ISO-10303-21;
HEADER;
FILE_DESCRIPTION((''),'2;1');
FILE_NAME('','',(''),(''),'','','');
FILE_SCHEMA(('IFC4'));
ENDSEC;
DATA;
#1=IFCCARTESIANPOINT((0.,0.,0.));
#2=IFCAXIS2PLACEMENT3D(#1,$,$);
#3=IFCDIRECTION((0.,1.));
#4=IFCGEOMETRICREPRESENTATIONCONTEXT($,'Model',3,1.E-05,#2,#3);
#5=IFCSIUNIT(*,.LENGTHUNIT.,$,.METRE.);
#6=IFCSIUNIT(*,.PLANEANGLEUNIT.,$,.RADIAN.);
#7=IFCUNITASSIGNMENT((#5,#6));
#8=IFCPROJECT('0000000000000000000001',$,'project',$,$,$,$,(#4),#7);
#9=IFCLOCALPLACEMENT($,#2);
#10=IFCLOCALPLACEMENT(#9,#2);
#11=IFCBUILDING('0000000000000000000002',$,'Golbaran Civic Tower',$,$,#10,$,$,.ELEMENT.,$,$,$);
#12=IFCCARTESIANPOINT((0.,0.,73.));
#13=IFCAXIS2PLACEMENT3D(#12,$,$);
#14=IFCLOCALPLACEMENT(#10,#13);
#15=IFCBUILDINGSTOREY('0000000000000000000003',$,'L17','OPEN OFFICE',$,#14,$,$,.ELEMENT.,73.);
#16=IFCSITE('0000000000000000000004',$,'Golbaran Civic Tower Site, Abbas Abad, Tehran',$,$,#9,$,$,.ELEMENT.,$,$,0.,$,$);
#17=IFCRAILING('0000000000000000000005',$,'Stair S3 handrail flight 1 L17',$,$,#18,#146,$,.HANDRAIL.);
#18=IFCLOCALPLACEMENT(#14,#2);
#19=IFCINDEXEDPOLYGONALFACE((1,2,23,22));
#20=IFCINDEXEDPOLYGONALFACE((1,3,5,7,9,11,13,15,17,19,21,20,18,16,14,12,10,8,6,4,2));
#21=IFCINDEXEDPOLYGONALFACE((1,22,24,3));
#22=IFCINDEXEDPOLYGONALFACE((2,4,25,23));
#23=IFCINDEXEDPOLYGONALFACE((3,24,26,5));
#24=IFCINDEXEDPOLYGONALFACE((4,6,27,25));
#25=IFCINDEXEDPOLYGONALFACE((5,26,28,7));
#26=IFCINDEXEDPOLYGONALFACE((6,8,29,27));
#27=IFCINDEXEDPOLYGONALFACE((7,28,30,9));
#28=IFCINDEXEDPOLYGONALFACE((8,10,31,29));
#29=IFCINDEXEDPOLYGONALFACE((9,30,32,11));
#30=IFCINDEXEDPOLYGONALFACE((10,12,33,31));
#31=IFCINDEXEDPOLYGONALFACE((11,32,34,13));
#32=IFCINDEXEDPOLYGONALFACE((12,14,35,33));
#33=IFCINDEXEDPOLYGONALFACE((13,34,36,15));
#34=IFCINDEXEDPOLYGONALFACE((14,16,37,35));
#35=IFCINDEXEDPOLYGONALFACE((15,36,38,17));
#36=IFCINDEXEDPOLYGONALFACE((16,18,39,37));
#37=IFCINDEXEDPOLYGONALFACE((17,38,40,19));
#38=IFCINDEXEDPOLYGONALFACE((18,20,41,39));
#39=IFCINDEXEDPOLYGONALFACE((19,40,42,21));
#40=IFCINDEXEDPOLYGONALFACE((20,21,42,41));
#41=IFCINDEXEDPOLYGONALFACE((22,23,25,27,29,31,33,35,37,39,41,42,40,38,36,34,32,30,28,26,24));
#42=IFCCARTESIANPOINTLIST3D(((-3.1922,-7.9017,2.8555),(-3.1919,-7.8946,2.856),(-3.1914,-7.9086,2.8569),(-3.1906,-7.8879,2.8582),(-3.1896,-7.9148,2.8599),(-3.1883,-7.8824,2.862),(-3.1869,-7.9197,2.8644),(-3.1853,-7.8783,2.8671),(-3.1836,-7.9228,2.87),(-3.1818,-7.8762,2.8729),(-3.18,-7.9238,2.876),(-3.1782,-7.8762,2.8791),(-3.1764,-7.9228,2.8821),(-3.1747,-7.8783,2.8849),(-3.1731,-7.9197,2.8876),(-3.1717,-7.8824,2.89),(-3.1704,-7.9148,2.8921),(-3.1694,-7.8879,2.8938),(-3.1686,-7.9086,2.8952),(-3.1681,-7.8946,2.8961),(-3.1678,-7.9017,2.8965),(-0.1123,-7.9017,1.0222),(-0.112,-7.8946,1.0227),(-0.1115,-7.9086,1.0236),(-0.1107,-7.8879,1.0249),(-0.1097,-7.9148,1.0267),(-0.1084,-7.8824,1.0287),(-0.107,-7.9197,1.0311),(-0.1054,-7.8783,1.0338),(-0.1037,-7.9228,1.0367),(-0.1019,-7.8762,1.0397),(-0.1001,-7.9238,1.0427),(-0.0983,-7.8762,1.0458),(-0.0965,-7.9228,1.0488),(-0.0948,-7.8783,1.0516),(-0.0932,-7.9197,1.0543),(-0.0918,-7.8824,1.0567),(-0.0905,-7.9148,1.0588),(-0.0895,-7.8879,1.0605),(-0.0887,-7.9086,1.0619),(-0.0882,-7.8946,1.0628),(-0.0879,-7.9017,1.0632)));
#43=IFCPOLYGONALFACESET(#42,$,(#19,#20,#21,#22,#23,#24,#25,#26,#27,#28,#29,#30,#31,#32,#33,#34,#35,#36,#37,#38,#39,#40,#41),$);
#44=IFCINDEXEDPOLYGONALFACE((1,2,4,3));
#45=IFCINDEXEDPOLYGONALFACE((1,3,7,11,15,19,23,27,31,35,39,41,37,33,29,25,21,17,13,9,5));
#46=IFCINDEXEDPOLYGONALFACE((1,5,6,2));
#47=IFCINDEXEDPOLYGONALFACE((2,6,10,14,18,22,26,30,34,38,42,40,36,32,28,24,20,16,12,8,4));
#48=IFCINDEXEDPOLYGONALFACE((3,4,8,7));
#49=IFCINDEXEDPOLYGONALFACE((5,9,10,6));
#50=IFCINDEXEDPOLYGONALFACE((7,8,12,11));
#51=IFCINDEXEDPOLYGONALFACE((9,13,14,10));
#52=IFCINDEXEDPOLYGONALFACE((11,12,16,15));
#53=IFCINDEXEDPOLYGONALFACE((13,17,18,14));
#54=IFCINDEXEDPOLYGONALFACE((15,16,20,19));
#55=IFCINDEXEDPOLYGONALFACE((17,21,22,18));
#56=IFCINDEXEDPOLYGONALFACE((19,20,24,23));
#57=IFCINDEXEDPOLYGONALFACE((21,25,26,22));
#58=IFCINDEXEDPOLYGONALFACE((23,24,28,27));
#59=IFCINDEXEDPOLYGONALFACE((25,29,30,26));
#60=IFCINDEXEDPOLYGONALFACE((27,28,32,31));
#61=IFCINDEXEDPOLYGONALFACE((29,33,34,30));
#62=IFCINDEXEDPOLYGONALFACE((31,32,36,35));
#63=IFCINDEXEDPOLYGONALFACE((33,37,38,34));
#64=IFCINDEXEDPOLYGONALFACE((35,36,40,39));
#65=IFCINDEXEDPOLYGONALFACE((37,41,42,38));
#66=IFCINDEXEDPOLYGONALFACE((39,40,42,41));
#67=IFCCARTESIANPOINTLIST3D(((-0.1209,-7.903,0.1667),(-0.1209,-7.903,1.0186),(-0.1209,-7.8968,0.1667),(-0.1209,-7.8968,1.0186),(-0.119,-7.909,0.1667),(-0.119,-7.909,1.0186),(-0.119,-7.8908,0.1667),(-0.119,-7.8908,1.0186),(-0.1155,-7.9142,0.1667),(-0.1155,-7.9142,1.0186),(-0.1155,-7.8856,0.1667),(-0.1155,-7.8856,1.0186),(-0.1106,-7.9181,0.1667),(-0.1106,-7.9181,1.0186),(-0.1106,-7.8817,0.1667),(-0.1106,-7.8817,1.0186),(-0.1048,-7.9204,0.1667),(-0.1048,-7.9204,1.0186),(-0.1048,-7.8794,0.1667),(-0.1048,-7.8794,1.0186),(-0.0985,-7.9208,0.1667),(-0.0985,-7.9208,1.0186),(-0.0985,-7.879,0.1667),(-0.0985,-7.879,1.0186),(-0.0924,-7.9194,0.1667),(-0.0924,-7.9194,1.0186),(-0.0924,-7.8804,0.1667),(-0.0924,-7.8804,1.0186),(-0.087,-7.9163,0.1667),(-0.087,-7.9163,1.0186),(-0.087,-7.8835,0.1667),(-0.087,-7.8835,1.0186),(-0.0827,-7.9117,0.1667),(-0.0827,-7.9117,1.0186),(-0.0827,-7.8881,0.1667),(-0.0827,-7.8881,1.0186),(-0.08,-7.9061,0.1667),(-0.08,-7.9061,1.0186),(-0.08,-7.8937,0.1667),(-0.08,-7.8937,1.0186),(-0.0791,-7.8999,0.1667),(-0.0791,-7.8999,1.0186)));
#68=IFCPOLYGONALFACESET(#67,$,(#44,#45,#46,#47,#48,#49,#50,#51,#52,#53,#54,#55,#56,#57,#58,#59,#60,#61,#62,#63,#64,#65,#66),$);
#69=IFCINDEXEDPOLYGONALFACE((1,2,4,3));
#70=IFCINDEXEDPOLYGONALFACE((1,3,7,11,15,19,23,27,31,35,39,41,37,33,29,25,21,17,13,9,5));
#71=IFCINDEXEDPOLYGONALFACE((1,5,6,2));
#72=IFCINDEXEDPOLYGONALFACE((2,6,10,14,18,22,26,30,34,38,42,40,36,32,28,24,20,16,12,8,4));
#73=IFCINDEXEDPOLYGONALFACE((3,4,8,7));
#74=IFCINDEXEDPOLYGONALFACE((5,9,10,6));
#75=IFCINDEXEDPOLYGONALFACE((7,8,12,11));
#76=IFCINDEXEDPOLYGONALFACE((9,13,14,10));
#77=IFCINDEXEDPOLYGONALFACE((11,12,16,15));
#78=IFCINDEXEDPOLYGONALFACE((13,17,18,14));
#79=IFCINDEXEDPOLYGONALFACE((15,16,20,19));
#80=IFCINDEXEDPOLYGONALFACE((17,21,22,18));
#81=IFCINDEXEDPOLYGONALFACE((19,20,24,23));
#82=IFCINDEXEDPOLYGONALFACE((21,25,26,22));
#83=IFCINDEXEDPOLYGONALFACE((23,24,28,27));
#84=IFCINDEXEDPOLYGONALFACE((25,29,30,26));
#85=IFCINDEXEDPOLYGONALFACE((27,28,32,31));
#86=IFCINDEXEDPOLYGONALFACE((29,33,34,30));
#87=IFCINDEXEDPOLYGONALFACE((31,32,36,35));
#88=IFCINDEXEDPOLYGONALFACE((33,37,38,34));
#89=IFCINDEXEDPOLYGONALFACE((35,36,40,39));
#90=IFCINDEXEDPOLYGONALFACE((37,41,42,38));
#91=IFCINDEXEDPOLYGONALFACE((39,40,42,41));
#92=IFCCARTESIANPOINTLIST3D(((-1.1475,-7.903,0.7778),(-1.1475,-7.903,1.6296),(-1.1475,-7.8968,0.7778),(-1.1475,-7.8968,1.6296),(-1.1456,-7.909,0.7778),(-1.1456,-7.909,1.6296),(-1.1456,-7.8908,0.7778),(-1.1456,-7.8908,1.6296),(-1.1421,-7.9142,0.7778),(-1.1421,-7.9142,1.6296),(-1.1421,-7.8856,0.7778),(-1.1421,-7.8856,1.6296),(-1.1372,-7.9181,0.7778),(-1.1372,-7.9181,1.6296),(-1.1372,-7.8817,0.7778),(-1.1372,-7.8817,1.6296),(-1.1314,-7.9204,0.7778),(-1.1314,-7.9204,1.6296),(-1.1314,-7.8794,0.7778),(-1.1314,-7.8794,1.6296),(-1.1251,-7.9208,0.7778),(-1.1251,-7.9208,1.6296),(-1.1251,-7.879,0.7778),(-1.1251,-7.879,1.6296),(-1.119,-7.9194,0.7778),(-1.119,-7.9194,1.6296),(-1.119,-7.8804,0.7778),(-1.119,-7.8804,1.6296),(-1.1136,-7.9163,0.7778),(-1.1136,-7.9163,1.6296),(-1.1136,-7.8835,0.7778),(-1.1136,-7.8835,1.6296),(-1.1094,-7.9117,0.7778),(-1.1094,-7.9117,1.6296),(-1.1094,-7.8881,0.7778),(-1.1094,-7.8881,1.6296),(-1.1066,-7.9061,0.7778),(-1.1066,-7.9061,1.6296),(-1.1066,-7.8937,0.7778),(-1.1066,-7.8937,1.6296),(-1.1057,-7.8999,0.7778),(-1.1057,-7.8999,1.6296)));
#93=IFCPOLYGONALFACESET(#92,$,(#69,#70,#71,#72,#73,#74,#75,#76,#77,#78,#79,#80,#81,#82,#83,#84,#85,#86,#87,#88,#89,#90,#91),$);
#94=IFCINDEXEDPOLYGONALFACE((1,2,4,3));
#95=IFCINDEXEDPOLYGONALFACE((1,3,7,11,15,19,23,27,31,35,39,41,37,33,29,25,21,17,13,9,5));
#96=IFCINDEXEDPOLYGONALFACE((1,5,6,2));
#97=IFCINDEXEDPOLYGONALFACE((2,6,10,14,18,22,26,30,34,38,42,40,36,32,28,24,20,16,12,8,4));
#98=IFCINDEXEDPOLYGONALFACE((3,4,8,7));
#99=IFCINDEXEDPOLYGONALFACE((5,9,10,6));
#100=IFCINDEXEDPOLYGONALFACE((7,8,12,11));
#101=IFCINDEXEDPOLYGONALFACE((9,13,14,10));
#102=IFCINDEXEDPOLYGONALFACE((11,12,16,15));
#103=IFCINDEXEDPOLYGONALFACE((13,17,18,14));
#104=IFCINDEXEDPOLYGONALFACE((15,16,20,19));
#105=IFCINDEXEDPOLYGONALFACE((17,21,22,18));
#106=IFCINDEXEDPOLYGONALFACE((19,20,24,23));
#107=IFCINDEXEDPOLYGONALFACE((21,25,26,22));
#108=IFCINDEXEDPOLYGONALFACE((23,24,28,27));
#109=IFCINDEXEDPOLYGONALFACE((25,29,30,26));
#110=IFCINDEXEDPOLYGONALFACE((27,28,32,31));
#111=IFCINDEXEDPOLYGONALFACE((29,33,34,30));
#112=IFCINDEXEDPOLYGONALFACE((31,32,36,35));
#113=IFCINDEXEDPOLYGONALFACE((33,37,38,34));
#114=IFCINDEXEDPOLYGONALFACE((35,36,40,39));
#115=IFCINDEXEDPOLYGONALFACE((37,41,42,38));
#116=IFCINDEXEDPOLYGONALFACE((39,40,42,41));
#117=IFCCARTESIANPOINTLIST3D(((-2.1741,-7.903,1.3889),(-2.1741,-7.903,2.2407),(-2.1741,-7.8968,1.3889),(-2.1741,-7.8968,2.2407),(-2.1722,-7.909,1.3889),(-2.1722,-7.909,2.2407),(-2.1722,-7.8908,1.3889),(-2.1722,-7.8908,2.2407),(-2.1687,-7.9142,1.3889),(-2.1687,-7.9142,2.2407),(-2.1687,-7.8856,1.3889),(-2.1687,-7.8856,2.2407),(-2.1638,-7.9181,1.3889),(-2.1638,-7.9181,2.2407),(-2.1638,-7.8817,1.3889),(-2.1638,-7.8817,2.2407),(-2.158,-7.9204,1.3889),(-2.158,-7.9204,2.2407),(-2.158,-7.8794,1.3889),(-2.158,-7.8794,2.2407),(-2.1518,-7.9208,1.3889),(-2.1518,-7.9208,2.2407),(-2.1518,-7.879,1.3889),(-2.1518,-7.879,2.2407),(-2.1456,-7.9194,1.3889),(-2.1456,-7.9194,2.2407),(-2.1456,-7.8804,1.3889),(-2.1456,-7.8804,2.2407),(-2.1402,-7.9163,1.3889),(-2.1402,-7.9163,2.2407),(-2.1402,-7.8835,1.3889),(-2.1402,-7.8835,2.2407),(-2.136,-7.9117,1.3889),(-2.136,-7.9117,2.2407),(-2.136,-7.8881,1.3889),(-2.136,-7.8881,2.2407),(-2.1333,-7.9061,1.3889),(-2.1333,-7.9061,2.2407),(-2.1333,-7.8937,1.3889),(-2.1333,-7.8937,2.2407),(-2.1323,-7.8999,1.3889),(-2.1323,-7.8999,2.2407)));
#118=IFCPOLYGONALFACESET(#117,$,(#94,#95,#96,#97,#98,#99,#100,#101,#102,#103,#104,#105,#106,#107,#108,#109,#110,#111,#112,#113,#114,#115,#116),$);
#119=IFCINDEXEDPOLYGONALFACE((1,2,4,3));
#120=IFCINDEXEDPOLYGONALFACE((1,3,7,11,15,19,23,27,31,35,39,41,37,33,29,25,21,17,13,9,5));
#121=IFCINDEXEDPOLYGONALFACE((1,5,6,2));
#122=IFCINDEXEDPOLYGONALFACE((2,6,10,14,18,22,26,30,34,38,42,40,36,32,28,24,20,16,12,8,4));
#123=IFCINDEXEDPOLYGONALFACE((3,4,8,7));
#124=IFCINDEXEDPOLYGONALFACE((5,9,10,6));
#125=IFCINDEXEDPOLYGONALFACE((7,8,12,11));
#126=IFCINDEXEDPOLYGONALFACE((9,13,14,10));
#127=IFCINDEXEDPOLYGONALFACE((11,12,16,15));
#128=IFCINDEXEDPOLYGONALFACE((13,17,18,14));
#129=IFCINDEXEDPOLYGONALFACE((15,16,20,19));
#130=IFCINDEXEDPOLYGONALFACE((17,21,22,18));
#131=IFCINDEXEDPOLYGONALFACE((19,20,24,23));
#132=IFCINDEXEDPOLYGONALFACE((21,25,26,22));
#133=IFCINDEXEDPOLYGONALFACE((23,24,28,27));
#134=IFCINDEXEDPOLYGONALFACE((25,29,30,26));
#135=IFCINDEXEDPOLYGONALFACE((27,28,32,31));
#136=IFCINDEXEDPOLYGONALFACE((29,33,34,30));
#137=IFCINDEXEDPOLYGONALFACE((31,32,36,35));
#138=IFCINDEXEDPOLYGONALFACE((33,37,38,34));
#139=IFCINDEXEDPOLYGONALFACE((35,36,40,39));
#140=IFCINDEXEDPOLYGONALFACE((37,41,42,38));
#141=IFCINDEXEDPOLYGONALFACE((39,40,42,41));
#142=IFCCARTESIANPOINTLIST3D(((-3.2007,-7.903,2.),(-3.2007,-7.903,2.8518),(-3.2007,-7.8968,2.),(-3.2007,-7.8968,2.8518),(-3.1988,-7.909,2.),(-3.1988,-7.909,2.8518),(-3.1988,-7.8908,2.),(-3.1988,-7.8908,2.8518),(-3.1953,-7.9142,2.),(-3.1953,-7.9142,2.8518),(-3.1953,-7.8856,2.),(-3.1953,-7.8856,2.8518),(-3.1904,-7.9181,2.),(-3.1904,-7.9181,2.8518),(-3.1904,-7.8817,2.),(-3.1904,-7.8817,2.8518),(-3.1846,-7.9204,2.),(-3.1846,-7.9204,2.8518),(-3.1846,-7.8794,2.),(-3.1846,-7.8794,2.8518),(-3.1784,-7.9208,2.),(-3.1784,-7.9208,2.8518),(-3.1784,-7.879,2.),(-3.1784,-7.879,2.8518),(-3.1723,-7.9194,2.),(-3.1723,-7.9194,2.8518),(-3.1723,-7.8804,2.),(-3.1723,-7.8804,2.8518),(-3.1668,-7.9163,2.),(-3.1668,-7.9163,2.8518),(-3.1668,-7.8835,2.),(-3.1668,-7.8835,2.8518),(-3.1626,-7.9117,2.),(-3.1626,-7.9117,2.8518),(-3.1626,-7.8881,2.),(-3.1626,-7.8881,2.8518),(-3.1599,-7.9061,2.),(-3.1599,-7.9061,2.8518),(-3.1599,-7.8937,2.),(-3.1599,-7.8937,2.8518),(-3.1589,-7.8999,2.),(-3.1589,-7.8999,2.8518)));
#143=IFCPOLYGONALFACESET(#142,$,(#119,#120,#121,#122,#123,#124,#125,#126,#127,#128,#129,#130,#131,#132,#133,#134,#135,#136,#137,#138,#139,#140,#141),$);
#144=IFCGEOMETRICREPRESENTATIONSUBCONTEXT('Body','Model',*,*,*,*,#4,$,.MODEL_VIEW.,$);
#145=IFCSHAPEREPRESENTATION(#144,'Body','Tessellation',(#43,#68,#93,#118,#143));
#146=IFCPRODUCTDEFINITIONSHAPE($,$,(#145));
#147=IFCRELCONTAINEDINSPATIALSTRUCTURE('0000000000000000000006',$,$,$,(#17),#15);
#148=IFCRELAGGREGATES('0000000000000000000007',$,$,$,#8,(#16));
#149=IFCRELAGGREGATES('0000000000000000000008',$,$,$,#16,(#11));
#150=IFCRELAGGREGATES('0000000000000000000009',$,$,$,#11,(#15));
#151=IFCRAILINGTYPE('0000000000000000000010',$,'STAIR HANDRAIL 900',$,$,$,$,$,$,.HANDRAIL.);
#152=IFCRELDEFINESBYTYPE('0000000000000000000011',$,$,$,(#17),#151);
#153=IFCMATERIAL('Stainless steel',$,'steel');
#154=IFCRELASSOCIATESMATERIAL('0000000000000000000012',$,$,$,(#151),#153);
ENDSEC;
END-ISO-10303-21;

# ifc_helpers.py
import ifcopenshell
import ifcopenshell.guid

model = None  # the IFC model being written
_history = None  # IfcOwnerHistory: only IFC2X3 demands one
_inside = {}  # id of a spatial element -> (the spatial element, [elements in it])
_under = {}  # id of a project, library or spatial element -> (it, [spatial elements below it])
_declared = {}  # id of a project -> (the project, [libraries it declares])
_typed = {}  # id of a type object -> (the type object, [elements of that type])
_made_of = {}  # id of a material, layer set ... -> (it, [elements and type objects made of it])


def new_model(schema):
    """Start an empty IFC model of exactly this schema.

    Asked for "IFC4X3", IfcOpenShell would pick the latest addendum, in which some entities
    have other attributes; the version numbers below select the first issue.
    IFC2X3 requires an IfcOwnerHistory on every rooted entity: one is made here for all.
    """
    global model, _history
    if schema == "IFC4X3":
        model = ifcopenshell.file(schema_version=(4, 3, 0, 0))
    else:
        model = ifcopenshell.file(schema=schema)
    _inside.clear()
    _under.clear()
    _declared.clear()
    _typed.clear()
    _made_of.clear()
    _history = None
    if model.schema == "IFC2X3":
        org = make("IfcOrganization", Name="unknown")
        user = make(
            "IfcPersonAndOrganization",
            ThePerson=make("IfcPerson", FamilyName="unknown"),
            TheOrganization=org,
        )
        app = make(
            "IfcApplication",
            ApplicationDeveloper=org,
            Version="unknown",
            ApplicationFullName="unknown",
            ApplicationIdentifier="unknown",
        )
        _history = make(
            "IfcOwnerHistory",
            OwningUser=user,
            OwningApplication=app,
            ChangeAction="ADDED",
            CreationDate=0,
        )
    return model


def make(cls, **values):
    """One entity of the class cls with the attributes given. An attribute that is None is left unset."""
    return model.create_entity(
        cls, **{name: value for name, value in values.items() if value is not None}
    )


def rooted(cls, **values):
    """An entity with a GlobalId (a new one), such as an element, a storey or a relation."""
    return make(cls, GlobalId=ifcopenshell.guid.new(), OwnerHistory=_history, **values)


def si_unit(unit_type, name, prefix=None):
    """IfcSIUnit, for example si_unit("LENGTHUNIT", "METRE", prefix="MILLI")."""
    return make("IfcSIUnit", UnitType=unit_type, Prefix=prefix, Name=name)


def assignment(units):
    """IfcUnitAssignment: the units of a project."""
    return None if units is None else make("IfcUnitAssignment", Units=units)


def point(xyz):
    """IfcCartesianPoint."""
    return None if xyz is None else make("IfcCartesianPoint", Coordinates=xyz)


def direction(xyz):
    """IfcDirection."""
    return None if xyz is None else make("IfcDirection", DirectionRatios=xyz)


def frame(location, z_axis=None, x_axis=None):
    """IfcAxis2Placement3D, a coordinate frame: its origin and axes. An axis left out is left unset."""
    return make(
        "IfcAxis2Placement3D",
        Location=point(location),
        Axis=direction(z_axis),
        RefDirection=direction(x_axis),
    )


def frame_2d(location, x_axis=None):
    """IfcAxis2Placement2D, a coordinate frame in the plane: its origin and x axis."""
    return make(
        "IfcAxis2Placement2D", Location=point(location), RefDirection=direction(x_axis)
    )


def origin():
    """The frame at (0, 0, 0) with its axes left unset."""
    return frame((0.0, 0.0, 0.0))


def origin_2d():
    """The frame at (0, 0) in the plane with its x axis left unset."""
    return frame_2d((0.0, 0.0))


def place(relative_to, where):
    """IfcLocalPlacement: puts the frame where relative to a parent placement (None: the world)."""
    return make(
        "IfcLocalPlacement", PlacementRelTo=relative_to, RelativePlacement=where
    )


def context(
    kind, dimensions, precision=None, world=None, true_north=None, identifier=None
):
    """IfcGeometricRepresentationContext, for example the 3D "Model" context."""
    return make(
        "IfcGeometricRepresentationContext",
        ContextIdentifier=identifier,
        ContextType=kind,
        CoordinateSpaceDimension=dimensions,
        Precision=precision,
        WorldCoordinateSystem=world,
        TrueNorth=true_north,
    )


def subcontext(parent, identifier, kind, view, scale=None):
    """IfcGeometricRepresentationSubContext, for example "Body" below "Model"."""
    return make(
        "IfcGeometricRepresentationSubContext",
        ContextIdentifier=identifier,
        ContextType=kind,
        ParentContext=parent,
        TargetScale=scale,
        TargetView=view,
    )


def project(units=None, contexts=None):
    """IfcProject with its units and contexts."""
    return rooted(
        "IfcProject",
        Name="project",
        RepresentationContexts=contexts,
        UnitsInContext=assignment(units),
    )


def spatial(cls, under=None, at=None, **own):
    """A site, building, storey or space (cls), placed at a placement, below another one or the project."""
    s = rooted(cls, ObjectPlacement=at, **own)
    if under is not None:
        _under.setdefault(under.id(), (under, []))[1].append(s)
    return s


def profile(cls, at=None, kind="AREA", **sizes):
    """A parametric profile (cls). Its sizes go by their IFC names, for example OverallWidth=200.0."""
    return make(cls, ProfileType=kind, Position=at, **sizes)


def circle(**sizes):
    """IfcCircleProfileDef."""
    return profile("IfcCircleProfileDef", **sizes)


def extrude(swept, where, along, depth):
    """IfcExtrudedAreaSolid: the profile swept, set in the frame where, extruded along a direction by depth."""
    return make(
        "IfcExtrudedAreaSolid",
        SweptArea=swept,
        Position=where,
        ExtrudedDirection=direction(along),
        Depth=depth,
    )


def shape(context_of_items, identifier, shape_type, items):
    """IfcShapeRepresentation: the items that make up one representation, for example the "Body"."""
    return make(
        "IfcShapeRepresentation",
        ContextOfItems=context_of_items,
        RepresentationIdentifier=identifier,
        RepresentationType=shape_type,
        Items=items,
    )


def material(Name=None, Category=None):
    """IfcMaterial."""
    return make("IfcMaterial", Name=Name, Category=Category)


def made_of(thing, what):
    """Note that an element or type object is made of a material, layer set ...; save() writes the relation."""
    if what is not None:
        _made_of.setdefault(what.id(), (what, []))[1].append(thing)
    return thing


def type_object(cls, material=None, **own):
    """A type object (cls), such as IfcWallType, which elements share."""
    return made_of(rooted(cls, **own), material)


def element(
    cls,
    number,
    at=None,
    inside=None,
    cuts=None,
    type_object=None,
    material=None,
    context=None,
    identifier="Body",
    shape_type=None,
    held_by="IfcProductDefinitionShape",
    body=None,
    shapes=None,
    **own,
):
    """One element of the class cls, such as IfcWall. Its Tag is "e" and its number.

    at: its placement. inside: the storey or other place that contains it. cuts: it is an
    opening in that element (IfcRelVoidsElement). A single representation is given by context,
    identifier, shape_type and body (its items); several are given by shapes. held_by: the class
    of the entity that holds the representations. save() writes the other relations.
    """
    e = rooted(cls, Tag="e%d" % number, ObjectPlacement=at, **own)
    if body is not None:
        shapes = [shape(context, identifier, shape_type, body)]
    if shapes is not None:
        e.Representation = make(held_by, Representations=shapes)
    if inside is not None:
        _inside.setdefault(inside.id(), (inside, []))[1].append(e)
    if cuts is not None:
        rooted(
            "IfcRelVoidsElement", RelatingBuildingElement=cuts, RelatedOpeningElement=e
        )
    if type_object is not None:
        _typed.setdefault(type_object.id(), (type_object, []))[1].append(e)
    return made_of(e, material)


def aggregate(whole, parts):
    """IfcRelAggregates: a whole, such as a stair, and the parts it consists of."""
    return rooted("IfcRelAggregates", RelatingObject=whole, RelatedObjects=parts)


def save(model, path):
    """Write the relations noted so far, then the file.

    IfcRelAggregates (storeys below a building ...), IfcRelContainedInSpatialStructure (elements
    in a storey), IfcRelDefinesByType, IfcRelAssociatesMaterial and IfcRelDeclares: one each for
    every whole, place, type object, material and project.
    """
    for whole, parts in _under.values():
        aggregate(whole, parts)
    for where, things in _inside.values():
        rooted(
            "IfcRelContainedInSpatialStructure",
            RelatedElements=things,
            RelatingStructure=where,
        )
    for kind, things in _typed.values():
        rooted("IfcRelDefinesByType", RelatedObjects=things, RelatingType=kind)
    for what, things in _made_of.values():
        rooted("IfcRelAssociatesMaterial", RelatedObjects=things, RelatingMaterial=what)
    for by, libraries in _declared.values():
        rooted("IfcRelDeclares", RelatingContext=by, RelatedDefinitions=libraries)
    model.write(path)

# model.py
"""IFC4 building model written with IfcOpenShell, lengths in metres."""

from ifc_helpers import new_model, si_unit, direction, frame, origin, origin_2d, place, context, subcontext, project, spatial, circle, extrude, material, type_object, element, save


model = new_model("IFC4")

# Units and contexts
model_context = context("Model", 3, precision=1e-05, world=origin(), true_north=direction((0.0, 1.0)))
body_context = subcontext(model_context, "Body", "Model", "MODEL_VIEW")
ifc_project = project(units=[si_unit("LENGTHUNIT", "METRE"), si_unit("PLANEANGLEUNIT", "RADIAN")], contexts=[model_context])

# Site, building, storey
site_placement = place(None, origin())
site = spatial("IfcSite", under=ifc_project, at=site_placement, Name="Golbaran Civic Tower Site, Abbas Abad, Tehran", CompositionType="ELEMENT", RefElevation=0.0)
building_placement = place(site_placement, origin())
building = spatial("IfcBuilding", under=site, at=building_placement, Name="Golbaran Civic Tower", CompositionType="ELEMENT")
storey_placement = place(building_placement, frame((0.0, 0.0, 73.0)))
storey = spatial("IfcBuildingStorey", under=building, at=storey_placement, Name="L17", Description="OPEN OFFICE", CompositionType="ELEMENT", Elevation=73.0)

# Shared definitions
ifc_material_1 = material(Name="Stainless steel", Category="steel")

# Railing
railing_type = type_object("IfcRailingType", Name="STAIR HANDRAIL 900", PredefinedType="HANDRAIL", material=ifc_material_1)
railing_1_placement = place(storey_placement, frame((-0.1001, -7.8999, 0.1667)))
element("IfcRailing", 1, at=railing_1_placement, inside=storey, type_object=railing_type, Name="Stair S3 handrail flight 1 L17", PredefinedType="HANDRAIL", context=body_context, shape_type="SweptSolid", body=[
    extrude(circle(Radius=0.0239, at=origin_2d()), frame((0.0, 0.0, 0.876), z_axis=(-0.859291, 0.0, 0.511487), x_axis=(0.0, -1.0, 0.0)), (0.0, 0.0, 1.0), 3.5842),
    extrude(circle(Radius=0.021, at=origin_2d()), origin(), (0.0, 0.0, 1.0), 0.8518),
    extrude(circle(Radius=0.021, at=origin_2d()), frame((-1.0266, 0.0, 0.6111)), (0.0, 0.0, 1.0), 0.8518),
    extrude(circle(Radius=0.021, at=origin_2d()), frame((-2.0532, 0.0, 1.2222)), (0.0, 0.0, 1.0), 0.8518),
    extrude(circle(Radius=0.021, at=origin_2d()), frame((-3.0798, 0.0, 1.8333)), (0.0, 0.0, 1.0), 0.8518),
])

save(model, "model.ifc")
